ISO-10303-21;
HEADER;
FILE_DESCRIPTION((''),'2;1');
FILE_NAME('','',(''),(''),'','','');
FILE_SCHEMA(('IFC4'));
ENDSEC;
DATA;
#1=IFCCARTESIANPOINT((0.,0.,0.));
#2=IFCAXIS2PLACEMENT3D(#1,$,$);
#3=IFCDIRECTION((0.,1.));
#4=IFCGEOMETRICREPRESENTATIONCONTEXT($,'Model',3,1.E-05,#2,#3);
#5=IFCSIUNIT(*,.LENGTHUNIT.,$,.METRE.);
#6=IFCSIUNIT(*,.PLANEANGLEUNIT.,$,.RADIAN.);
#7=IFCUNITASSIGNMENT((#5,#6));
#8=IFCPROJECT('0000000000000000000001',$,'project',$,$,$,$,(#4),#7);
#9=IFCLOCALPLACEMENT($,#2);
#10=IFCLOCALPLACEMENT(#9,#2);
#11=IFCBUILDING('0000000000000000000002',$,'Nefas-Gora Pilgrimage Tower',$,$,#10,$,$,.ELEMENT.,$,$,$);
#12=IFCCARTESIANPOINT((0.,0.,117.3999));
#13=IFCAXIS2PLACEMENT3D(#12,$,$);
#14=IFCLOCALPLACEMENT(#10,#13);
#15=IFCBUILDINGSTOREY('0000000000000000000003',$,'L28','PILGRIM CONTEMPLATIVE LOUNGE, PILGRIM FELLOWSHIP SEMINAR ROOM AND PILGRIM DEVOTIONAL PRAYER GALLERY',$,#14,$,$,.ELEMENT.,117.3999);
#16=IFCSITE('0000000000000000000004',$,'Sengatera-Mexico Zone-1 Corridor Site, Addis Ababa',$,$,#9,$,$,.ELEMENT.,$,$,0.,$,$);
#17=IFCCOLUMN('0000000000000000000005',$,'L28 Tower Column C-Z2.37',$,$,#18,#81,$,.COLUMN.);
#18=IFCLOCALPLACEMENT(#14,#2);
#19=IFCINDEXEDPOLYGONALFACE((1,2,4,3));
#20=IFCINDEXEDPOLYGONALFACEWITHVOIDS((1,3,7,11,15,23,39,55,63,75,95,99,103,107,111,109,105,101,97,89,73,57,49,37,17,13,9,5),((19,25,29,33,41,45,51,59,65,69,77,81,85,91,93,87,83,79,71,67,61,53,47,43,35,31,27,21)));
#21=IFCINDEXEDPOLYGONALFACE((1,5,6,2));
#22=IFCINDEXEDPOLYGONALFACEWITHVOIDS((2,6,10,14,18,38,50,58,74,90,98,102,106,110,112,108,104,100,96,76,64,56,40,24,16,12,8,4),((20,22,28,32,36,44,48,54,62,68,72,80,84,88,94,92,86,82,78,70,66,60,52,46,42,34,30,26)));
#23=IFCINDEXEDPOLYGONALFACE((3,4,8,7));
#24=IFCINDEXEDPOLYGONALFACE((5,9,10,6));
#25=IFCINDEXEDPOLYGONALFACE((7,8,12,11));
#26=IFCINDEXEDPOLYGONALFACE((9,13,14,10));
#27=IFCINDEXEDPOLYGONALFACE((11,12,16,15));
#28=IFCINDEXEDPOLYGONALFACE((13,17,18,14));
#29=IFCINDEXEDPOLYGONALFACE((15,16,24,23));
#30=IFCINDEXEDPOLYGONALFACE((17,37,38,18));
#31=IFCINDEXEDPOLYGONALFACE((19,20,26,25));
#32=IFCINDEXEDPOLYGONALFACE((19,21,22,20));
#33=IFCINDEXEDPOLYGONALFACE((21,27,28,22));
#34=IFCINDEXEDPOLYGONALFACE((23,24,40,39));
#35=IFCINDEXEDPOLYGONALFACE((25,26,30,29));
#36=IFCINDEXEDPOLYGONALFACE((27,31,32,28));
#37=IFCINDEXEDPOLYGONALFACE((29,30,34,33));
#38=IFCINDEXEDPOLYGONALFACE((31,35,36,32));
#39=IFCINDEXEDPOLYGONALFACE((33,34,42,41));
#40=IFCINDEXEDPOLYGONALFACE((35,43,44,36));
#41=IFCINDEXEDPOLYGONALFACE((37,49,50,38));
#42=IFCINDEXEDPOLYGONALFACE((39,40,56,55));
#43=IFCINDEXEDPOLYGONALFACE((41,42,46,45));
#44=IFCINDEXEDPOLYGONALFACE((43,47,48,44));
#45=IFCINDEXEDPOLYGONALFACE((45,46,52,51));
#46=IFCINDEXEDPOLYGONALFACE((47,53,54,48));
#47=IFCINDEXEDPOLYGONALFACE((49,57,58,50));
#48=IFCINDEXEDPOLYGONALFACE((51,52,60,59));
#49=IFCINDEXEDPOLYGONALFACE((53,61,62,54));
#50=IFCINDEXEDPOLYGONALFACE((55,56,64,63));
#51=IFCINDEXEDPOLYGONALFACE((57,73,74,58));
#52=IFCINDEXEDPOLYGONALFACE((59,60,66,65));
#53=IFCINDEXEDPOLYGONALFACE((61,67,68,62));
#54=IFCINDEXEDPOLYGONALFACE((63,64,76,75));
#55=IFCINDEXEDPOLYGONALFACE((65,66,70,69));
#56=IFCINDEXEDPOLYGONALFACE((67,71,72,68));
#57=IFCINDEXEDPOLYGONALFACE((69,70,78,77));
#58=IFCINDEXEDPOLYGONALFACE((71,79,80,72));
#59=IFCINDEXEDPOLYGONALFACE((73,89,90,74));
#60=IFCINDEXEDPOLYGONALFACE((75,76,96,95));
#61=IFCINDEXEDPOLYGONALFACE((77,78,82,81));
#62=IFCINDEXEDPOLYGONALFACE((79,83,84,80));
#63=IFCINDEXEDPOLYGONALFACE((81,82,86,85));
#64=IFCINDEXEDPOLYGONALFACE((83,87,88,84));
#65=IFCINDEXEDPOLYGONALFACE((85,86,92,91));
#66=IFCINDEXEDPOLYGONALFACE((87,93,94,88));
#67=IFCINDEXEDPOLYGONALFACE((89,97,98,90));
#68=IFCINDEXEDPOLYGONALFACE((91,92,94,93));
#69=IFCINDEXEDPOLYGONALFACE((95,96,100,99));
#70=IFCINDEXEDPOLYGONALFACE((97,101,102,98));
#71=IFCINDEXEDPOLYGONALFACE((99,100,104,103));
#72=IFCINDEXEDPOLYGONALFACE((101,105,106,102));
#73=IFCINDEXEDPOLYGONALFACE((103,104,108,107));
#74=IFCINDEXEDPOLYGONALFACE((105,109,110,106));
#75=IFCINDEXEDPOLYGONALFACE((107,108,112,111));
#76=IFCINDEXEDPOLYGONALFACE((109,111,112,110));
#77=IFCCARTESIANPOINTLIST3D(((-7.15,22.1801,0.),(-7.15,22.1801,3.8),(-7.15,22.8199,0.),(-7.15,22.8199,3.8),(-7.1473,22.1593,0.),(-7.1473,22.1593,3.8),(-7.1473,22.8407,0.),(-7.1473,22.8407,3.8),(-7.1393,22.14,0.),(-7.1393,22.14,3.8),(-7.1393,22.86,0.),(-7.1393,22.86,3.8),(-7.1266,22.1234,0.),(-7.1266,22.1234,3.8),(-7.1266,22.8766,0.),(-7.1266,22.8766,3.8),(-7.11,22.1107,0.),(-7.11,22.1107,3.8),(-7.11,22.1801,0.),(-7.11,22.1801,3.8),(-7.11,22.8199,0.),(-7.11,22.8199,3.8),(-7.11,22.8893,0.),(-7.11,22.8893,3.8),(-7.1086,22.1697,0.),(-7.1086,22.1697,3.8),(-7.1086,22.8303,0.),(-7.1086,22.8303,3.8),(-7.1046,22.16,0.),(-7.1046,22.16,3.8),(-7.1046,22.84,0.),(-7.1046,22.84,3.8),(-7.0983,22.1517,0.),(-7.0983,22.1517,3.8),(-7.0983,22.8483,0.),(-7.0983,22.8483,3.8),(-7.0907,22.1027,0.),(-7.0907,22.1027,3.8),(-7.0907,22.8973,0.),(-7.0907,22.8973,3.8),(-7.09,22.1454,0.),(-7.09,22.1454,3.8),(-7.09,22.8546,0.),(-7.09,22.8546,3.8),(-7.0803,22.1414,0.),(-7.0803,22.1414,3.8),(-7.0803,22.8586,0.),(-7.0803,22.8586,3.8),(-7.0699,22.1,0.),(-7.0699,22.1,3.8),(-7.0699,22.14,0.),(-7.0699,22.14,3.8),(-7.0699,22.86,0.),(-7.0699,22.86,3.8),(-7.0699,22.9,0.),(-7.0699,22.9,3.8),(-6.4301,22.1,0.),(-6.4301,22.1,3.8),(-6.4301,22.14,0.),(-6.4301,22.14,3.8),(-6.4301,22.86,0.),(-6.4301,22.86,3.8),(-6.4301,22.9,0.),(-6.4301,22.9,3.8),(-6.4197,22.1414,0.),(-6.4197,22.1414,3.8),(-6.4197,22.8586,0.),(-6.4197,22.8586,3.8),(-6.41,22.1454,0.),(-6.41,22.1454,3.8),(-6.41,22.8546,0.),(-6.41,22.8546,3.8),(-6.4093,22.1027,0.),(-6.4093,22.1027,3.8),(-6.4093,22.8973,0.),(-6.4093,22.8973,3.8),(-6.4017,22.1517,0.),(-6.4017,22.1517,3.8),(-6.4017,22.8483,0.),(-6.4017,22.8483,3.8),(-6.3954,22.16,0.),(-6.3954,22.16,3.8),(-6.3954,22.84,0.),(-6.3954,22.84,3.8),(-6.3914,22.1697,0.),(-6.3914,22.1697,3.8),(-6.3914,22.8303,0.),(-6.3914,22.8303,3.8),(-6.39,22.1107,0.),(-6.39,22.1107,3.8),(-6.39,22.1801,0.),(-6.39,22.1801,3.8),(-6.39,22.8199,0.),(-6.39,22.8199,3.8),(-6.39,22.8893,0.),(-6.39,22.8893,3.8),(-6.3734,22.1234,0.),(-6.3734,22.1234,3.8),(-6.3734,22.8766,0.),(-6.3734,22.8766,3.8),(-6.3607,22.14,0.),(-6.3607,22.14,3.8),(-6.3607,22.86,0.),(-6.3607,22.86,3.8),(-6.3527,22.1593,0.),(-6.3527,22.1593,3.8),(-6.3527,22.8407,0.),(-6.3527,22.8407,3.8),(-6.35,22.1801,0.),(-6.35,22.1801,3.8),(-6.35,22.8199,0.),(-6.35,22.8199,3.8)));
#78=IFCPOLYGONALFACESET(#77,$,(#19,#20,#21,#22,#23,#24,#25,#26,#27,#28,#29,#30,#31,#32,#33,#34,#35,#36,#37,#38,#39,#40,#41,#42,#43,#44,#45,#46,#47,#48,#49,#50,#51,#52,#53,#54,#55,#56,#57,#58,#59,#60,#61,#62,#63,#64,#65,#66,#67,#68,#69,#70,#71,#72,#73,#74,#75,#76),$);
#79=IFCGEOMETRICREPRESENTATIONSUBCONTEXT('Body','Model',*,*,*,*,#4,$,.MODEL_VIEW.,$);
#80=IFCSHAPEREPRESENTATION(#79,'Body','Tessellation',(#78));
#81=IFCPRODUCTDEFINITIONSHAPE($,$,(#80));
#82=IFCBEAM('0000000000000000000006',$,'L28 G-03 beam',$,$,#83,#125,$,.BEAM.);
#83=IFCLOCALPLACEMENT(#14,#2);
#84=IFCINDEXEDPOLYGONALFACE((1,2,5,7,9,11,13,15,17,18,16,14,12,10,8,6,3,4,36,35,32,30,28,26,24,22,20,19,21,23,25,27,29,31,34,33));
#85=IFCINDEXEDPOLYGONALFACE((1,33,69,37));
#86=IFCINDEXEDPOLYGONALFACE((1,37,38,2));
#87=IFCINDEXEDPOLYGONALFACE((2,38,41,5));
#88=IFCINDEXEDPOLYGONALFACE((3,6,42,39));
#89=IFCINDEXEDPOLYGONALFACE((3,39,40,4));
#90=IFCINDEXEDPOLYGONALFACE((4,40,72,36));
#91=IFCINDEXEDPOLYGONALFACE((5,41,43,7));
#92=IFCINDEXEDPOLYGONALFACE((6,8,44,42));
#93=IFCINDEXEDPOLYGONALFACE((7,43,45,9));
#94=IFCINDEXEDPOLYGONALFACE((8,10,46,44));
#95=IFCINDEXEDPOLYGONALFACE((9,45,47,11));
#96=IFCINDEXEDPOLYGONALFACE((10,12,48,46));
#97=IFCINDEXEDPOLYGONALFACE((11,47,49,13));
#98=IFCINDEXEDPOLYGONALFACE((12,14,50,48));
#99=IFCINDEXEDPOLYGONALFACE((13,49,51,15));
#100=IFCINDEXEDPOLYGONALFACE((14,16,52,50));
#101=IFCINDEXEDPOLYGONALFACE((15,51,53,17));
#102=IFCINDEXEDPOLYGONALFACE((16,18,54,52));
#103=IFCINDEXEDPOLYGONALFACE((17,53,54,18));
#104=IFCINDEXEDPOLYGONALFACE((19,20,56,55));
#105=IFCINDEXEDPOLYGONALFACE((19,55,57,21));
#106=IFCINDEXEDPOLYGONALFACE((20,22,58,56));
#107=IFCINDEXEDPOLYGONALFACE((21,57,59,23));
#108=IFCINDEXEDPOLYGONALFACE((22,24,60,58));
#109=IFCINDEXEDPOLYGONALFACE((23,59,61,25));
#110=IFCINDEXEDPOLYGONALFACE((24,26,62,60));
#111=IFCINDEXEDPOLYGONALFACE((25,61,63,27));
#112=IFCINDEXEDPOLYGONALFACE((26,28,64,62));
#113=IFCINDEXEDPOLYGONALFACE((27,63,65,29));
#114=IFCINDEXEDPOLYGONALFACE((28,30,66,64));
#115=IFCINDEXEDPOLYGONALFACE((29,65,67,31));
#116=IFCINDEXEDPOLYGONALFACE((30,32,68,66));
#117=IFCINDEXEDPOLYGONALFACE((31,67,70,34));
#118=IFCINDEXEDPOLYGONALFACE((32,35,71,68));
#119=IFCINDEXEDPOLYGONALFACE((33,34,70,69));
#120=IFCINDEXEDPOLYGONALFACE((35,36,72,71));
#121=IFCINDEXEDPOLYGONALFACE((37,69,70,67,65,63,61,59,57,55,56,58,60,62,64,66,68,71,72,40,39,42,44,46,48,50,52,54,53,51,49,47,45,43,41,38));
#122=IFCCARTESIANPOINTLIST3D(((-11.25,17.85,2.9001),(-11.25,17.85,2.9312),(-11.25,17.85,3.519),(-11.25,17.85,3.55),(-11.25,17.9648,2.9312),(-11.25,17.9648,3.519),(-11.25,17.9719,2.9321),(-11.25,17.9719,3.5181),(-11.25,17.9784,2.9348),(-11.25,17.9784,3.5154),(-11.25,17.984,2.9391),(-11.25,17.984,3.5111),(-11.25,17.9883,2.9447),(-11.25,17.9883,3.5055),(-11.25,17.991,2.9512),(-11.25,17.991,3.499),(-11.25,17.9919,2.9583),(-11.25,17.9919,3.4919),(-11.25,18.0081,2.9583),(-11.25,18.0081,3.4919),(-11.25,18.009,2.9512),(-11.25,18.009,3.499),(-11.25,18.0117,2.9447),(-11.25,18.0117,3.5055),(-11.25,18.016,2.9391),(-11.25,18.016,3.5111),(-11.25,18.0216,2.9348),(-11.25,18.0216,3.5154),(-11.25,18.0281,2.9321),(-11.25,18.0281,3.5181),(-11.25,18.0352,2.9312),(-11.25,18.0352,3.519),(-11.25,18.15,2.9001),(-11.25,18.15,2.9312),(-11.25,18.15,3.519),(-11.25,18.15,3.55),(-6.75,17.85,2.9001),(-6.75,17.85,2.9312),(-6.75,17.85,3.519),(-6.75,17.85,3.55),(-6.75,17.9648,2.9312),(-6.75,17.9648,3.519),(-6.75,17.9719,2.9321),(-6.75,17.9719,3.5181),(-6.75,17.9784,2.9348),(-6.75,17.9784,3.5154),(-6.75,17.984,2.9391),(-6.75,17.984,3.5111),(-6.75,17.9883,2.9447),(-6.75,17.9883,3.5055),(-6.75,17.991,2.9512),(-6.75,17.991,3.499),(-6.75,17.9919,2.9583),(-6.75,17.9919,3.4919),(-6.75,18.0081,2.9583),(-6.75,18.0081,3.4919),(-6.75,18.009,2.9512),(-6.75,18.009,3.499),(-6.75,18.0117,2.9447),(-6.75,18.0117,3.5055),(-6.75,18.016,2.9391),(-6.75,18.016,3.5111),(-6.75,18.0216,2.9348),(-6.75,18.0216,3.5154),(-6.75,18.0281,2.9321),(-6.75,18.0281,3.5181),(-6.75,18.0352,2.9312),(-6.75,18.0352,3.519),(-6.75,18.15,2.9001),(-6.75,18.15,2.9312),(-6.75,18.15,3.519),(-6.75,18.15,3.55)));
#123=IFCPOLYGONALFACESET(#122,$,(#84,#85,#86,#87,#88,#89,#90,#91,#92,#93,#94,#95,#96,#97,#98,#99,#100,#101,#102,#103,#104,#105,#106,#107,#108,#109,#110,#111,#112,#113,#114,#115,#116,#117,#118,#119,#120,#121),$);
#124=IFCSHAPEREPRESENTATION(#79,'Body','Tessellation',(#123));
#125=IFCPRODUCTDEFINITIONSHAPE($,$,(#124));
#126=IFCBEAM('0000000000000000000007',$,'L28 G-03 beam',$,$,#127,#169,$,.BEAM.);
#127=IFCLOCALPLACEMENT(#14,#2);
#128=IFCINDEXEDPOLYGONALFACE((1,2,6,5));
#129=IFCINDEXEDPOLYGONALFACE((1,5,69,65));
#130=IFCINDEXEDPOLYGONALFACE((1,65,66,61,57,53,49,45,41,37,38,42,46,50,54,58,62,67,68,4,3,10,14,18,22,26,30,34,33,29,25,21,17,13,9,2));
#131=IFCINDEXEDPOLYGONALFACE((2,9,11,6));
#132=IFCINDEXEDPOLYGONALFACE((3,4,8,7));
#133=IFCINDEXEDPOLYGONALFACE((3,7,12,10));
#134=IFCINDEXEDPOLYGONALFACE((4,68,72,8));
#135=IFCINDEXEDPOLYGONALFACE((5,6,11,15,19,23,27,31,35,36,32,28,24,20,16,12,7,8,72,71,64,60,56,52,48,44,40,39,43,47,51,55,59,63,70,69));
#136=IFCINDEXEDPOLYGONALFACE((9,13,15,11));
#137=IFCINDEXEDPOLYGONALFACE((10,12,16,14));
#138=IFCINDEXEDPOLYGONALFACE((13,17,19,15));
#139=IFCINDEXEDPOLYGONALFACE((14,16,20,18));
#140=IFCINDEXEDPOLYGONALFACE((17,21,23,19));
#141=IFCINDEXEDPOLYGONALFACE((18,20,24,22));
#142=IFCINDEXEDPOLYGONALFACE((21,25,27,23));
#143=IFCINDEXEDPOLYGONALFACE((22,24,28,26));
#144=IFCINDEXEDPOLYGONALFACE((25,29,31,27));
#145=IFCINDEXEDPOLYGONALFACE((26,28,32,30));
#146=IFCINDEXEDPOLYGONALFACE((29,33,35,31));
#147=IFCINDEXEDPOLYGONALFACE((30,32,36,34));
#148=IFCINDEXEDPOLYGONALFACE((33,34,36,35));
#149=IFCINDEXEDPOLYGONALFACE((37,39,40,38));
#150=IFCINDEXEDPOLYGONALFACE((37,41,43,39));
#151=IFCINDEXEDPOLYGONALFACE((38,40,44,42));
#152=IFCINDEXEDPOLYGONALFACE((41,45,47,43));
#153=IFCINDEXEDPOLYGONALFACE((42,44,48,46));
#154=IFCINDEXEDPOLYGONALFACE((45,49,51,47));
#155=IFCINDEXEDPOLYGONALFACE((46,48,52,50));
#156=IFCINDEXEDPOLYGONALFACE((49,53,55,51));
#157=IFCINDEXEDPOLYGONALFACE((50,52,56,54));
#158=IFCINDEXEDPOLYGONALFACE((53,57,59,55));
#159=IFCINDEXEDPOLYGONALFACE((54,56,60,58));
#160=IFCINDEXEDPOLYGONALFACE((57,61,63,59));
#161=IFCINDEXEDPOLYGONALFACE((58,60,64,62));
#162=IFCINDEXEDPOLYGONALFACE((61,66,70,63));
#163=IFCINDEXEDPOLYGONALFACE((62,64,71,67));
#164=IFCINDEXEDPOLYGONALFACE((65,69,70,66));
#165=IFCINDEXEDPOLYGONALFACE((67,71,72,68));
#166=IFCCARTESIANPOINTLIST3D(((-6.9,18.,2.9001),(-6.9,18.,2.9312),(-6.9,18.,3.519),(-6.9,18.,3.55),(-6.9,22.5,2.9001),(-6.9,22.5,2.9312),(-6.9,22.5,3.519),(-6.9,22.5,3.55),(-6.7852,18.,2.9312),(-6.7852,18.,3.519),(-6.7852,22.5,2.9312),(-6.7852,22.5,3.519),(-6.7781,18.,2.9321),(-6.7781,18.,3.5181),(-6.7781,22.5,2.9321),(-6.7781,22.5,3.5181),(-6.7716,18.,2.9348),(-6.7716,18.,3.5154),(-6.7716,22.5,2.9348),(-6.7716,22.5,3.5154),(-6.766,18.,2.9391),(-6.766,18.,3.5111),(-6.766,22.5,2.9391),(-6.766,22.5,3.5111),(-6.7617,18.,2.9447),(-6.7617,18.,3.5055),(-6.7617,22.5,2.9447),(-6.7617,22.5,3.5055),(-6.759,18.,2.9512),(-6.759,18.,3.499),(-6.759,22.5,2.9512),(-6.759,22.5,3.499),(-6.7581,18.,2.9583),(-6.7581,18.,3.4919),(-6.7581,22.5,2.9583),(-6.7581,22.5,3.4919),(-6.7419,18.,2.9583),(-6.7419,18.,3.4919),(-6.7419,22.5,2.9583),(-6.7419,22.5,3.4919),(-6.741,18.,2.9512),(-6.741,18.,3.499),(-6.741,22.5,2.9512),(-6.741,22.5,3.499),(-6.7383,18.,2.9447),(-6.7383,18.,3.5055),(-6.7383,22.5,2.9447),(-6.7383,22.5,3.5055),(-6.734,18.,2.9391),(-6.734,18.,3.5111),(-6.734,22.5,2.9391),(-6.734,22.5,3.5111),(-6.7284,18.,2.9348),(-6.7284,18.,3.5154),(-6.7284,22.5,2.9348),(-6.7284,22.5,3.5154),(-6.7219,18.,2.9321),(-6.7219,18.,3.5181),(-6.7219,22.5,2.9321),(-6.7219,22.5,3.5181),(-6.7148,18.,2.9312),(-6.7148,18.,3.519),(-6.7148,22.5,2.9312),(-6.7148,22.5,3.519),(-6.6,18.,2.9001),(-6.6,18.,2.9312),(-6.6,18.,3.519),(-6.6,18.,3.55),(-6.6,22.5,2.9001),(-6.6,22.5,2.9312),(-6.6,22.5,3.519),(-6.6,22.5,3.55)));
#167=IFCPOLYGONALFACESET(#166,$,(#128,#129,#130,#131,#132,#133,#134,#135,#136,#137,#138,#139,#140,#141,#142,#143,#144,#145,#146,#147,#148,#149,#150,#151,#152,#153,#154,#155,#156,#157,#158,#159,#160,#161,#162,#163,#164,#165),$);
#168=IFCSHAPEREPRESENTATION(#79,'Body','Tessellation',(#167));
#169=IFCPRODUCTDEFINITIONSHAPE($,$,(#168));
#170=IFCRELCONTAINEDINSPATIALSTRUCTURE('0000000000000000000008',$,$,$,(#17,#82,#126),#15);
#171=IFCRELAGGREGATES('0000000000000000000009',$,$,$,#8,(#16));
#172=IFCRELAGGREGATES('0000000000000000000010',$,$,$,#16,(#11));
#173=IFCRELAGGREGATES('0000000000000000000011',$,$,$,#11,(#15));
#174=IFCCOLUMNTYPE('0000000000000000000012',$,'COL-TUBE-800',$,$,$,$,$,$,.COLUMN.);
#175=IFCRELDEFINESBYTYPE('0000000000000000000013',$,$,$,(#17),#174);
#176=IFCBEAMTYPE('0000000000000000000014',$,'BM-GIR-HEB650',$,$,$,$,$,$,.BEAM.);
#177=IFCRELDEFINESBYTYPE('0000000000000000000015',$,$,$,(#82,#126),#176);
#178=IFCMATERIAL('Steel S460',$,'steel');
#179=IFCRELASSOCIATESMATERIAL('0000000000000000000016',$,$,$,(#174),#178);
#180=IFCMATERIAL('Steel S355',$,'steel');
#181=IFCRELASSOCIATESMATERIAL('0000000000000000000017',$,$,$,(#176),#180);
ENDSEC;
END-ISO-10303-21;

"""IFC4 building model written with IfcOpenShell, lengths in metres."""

from ifc_helpers import new_model, si_unit, direction, frame, origin, origin_2d, place, context, subcontext, project, spatial, hollow_rectangle, i_section, extrude, source, transform, mapped, material, material_profile, profile_set, type_object, element, save


model = new_model("IFC4")

# Units and contexts
model_context = context("Model", 3, precision=1e-05, world=origin(), true_north=direction((0.0, 1.0)))
body_context = subcontext(model_context, "Body", "Model", "MODEL_VIEW")
ifc_project = project(units=[si_unit("LENGTHUNIT", "METRE"), si_unit("PLANEANGLEUNIT", "RADIAN")], contexts=[model_context])

# Site, building, storey
site_placement = place(None, origin())
site = spatial("IfcSite", under=ifc_project, at=site_placement, Name="Sengatera-Mexico Zone-1 Corridor Site, Addis Ababa", CompositionType="ELEMENT", RefElevation=0.0)
building_placement = place(site_placement, origin())
building = spatial("IfcBuilding", under=site, at=building_placement, Name="Nefas-Gora Pilgrimage Tower", CompositionType="ELEMENT")
storey_placement = place(building_placement, frame((0.0, 0.0, 117.3999)))
storey = spatial("IfcBuildingStorey", under=building, at=storey_placement, Name="L28", Description="PILGRIM CONTEMPLATIVE LOUNGE, PILGRIM FELLOWSHIP SEMINAR ROOM AND PILGRIM DEVOTIONAL PRAYER GALLERY", CompositionType="ELEMENT", Elevation=117.3999)

# Column
ifc_material_1 = material(Name="Steel S460", Category="steel")
ifc_material_profile_1 = material_profile(ifc_material_1, hollow_rectangle(XDim=0.8, YDim=0.8, WallThickness=0.04, InnerFilletRadius=0.04, OuterFilletRadius=0.0801, at=origin_2d()), Name="BOX 800x800x40")
ifc_profile_set_1 = profile_set([ifc_material_profile_1], Name="Steel S460")
column_type_1 = type_object("IfcColumnType", Name="COL-TUBE-800", PredefinedType="COLUMN", material=ifc_profile_set_1)
shared_shape_1 = source(origin(), body_context, "Body", "SweptSolid", [
    extrude(hollow_rectangle(XDim=0.8, YDim=0.8, WallThickness=0.04, InnerFilletRadius=0.04, OuterFilletRadius=0.0801, at=origin_2d()), origin(), (0.0, 0.0, 1.0), 3.8),
])
column_placement = place(storey_placement, frame((-6.75, 22.5, 0.0), z_axis=(0.0, 0.0, 1.0), x_axis=(1.0, 0.0, 0.0)))
element("IfcColumn", 1, at=column_placement, inside=storey, type_object=column_type_1, Name="L28 Tower Column C-Z2.37", PredefinedType="COLUMN", context=body_context, shape_type="MappedRepresentation", body=[
    mapped(shared_shape_1, transform((0.0, 0.0, 0.0), x_axis=(1.0, 0.0, 0.0), y_axis=(0.0, 1.0, 0.0), z_axis=(0.0, 0.0, 1.0), scale=1.0)),
])

# Beams
ifc_material_2 = material(Name="Steel S355", Category="steel")
ifc_material_profile_2 = material_profile(ifc_material_2, i_section(OverallWidth=0.3, OverallDepth=0.6499, WebThickness=0.0161, FlangeThickness=0.031, FilletRadius=0.0271, at=origin_2d()), Name="HEB 650")
ifc_profile_set_2 = profile_set([ifc_material_profile_2], Name="Steel S355")
beam_type = type_object("IfcBeamType", Name="BM-GIR-HEB650", PredefinedType="BEAM", material=ifc_profile_set_2)
shared_shape_2 = source(origin(), body_context, "Body", "SweptSolid", [
    extrude(i_section(OverallWidth=0.3, OverallDepth=0.6499, WebThickness=0.0161, FlangeThickness=0.031, FilletRadius=0.0271, at=origin_2d()), origin(), (0.0, 0.0, 1.0), 4.5),
])
for number, where, z_axis, x_axis, name in (
    (2, (-11.25, 18.0, 3.2251), (1.0, 0.0, 0.0), (0.0, 1.0, 0.0), "L28 G-03 beam"),
    (3, (-6.75, 18.0, 3.2251), (0.0, 1.0, 0.0), (-1.0, 0.0, 0.0), "L28 G-03 beam"),
):
    element("IfcBeam", number, at=place(storey_placement, frame(where, z_axis=z_axis, x_axis=x_axis)), inside=storey, type_object=beam_type, Name=name, PredefinedType="BEAM", context=body_context, shape_type="MappedRepresentation", body=[
        mapped(shared_shape_2, transform((0.0, 0.0, 0.0), x_axis=(1.0, 0.0, 0.0), y_axis=(0.0, 1.0, 0.0), z_axis=(0.0, 0.0, 1.0), scale=1.0)),
    ])

save(model, "model.ifc")
